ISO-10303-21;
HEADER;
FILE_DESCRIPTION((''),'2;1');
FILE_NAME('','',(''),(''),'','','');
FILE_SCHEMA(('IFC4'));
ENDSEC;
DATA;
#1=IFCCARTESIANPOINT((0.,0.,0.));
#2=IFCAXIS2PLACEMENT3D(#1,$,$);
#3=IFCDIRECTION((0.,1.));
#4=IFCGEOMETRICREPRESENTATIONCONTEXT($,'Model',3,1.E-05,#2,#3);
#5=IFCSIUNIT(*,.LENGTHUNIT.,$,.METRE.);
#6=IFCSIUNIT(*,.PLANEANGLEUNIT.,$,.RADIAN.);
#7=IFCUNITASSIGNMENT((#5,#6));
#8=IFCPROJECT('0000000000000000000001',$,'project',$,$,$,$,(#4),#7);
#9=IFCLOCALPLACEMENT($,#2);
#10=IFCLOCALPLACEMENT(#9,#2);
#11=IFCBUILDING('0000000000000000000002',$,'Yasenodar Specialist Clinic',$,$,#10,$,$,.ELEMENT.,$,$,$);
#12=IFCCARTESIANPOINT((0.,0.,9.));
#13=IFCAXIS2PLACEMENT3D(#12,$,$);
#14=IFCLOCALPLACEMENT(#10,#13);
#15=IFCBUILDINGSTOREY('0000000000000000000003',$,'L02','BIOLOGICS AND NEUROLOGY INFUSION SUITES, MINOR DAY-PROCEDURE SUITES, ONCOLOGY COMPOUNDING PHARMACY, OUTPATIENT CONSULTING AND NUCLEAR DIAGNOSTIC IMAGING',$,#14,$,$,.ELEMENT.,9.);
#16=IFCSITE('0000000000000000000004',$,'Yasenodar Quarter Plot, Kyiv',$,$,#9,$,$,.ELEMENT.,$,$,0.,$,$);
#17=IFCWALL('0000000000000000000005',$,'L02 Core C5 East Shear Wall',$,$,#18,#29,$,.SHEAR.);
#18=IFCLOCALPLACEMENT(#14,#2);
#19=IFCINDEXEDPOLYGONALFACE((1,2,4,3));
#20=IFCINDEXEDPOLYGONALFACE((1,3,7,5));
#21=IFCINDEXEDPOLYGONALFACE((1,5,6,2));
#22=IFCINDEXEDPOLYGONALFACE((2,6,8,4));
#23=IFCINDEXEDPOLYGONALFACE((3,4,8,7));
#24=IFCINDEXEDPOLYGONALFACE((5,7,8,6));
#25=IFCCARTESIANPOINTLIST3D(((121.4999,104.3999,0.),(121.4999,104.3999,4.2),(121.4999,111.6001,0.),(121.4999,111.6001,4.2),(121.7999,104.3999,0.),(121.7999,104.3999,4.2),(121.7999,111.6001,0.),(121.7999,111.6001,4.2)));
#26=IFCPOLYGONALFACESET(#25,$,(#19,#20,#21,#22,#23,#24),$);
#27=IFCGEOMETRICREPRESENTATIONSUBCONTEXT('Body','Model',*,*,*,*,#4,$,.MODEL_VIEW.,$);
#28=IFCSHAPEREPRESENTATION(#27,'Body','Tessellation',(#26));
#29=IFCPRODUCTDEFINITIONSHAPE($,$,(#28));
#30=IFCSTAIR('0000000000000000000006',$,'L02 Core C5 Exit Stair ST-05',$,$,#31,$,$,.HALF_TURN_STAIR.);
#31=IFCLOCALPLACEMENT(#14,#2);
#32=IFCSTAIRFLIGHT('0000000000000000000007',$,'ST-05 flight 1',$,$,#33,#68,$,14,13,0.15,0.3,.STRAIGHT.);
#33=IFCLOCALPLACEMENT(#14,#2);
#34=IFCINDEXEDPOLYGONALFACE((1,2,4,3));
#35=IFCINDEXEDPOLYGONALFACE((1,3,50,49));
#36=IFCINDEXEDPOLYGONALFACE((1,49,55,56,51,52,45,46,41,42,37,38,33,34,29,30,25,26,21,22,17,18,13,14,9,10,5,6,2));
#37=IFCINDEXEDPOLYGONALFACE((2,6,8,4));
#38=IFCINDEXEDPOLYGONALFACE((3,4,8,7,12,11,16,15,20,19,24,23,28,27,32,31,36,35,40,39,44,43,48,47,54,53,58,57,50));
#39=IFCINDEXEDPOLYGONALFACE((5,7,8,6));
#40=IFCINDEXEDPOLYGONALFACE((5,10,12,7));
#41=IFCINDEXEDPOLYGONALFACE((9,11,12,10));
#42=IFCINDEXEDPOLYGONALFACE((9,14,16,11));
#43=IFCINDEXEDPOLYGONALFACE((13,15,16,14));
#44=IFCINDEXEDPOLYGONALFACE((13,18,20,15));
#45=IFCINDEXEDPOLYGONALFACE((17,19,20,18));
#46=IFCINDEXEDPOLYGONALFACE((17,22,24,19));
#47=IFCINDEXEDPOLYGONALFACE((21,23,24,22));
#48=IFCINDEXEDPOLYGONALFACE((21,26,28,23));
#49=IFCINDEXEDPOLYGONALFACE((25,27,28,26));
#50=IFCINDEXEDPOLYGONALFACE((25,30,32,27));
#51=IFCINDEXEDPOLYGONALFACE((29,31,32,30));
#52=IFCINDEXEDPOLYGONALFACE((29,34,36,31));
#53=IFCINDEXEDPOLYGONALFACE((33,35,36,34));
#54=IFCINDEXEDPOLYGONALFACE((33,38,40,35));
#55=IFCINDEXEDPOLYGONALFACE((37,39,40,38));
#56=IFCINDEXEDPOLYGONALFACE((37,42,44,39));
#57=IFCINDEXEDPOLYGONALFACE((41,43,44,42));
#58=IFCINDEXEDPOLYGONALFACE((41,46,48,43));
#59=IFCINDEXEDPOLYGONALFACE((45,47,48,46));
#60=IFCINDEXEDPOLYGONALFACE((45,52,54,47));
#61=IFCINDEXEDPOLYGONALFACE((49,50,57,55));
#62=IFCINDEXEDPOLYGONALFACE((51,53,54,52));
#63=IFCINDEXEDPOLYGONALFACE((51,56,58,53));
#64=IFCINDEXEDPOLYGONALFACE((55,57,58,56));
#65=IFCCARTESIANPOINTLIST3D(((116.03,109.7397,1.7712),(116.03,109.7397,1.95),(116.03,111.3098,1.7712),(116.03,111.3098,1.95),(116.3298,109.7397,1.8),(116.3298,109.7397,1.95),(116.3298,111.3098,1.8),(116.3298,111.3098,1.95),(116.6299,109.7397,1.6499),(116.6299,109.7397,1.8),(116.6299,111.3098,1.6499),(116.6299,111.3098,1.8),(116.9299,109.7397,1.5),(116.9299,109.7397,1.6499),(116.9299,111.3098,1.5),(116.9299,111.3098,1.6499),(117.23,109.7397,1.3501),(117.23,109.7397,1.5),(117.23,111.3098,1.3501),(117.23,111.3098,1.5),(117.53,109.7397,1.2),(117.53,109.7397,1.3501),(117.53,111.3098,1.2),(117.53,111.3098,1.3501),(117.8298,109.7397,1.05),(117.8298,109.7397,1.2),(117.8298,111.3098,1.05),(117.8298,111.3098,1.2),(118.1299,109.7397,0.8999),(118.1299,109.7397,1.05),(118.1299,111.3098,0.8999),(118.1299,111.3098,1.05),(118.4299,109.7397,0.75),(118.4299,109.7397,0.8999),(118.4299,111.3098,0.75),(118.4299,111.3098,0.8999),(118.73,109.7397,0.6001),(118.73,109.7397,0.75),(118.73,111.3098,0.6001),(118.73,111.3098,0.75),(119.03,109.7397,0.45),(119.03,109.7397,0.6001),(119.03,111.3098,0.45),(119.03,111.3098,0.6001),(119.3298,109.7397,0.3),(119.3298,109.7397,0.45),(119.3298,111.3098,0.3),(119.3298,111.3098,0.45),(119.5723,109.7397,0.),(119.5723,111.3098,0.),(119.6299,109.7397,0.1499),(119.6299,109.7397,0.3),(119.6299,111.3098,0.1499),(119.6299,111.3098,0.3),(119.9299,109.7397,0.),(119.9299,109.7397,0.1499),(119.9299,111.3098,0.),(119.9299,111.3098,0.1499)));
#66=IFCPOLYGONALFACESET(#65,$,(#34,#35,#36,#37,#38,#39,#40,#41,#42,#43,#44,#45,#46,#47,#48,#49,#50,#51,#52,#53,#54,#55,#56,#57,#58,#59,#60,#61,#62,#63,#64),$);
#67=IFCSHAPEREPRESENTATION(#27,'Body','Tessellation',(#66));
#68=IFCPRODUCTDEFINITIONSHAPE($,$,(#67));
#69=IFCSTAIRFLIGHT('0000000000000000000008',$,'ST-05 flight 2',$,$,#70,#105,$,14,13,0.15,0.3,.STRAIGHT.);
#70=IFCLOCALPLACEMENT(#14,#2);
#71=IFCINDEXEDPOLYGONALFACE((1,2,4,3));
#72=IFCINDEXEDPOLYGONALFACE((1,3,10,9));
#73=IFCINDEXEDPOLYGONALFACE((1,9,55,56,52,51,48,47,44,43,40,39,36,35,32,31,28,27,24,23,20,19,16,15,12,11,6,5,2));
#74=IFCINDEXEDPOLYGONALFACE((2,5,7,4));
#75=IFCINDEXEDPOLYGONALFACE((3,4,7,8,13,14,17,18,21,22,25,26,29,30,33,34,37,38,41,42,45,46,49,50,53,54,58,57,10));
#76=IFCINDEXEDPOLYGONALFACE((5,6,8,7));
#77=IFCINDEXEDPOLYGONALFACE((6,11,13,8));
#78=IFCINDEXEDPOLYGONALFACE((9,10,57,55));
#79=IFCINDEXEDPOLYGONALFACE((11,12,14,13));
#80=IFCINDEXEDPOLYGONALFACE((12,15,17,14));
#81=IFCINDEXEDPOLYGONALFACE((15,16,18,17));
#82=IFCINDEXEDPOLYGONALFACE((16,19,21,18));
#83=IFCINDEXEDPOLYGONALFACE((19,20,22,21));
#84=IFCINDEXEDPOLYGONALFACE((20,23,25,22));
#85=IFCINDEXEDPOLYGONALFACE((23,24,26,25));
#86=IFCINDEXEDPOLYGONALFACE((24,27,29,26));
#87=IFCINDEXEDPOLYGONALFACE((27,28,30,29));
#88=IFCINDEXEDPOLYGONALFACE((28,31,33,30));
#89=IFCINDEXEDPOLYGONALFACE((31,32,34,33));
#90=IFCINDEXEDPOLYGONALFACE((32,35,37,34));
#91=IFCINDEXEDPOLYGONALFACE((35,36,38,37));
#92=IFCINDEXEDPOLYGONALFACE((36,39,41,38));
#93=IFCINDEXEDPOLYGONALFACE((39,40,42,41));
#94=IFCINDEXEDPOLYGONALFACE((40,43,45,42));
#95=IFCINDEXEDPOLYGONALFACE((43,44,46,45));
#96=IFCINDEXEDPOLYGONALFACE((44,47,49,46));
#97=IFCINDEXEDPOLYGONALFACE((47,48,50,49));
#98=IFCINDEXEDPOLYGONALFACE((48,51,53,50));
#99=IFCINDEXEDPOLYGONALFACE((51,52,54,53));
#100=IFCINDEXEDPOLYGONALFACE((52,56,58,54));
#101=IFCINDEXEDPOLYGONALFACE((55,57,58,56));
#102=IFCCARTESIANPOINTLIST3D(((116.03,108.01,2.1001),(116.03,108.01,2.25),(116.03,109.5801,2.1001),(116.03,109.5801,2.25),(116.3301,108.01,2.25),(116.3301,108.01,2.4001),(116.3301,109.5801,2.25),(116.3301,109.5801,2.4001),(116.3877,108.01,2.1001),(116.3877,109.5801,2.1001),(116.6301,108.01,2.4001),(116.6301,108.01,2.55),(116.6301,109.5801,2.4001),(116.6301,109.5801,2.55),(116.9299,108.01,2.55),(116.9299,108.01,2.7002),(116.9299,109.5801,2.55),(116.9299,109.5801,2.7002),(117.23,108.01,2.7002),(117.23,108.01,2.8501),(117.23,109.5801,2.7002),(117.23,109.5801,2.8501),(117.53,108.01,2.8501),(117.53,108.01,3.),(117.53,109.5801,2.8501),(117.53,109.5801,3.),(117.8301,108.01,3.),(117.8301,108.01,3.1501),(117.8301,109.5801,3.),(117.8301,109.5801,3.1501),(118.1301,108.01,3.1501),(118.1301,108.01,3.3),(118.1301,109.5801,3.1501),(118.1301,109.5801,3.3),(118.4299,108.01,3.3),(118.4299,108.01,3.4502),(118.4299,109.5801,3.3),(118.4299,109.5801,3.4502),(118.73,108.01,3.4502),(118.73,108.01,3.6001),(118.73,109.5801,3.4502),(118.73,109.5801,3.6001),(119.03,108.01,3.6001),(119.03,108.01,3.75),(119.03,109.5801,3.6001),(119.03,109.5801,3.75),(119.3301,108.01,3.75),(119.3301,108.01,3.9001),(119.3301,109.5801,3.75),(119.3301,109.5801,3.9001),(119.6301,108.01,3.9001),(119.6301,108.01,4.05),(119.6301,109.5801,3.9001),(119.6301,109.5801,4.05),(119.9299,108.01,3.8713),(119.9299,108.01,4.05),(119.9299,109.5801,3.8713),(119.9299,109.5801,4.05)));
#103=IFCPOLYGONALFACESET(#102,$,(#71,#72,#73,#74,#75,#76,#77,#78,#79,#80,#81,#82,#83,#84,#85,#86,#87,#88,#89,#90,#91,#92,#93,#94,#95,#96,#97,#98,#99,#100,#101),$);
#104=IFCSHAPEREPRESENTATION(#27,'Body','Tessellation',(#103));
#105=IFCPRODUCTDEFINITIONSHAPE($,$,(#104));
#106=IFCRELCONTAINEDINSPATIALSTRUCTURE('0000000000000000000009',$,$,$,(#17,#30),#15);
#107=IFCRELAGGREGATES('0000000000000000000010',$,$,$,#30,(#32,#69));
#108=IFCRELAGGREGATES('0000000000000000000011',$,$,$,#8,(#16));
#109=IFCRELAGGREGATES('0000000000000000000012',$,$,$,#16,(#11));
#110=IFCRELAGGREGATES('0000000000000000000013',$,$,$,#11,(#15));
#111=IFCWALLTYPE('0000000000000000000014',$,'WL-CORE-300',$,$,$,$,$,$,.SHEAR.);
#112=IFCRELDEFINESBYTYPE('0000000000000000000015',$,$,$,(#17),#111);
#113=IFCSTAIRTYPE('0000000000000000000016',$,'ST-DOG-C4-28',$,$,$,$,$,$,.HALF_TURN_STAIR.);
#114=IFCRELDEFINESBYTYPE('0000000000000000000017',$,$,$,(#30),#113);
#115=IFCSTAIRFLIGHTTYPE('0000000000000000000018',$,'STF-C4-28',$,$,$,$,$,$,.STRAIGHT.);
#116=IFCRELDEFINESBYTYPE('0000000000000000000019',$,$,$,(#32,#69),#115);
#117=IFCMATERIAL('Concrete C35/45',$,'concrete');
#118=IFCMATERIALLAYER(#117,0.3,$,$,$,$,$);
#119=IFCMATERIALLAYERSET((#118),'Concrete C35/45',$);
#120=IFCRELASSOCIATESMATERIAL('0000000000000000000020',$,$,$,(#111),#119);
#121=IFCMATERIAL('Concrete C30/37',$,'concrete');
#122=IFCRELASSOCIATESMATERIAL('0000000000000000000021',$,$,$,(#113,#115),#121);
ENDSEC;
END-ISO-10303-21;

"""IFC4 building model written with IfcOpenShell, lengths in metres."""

from ifc_helpers import new_model, si_unit, direction, frame, frame_2d, origin, place, context, subcontext, project, spatial, polyline, rectangle, outline, extrude, material, layer, layer_set, type_object, element, aggregate, save


model = new_model("IFC4")

# Units and contexts
model_context = context("Model", 3, precision=1e-05, world=origin(), true_north=direction((0.0, 1.0)))
body_context = subcontext(model_context, "Body", "Model", "MODEL_VIEW")
ifc_project = project(units=[si_unit("LENGTHUNIT", "METRE"), si_unit("PLANEANGLEUNIT", "RADIAN")], contexts=[model_context])

# Site, building, storey
site_placement = place(None, origin())
site = spatial("IfcSite", under=ifc_project, at=site_placement, Name="Yasenodar Quarter Plot, Kyiv", CompositionType="ELEMENT", RefElevation=0.0)
building_placement = place(site_placement, origin())
building = spatial("IfcBuilding", under=site, at=building_placement, Name="Yasenodar Specialist Clinic", CompositionType="ELEMENT")
storey_placement = place(building_placement, frame((0.0, 0.0, 9.0)))
storey = spatial("IfcBuildingStorey", under=building, at=storey_placement, Name="L02", Description="BIOLOGICS AND NEUROLOGY INFUSION SUITES, MINOR DAY-PROCEDURE SUITES, ONCOLOGY COMPOUNDING PHARMACY, OUTPATIENT CONSULTING AND NUCLEAR DIAGNOSTIC IMAGING", CompositionType="ELEMENT", Elevation=9.0)

# Shared definitions
ifc_material_1 = material(Name="Concrete C35/45", Category="concrete")

# Wall
ifc_layer_1 = layer(ifc_material_1, 0.3)
ifc_layer_set_1 = layer_set([ifc_layer_1], Name="Concrete C35/45")
wall_type_1 = type_object("IfcWallType", Name="WL-CORE-300", PredefinedType="SHEAR", material=ifc_layer_set_1)
for number, where, z_axis, x_axis, name in (
    (1, (121.6499, 111.6001, 0.0), (0.0, 0.0, 1.0), (0.0, -1.0, 0.0), "L02 Core C5 East Shear Wall"),
):
    element("IfcWall", number, at=place(storey_placement, frame(where, z_axis=z_axis, x_axis=x_axis)), inside=storey, type_object=wall_type_1, Name=name, PredefinedType="SHEAR", context=body_context, shape_type="SweptSolid", body=[
        extrude(rectangle(XDim=7.2002, YDim=0.3, at=frame_2d((3.6001, 0.0))), origin(), (0.0, 0.0, 1.0), 4.2),
    ])

# Stair, stair flights
ifc_material_2 = material(Name="Concrete C30/37", Category="concrete")
stair_type = type_object("IfcStairType", Name="ST-DOG-C4-28", PredefinedType="HALF_TURN_STAIR", material=ifc_material_2)
stair_placement = place(storey_placement, origin())
stair = element("IfcStair", 2, at=stair_placement, inside=storey, type_object=stair_type, Name="L02 Core C5 Exit Stair ST-05", PredefinedType="HALF_TURN_STAIR")
stair_flight_type = type_object("IfcStairFlightType", Name="STF-C4-28", PredefinedType="STRAIGHT", material=ifc_material_2)
stair_flight_1_placement = place(storey_placement, frame((119.9299, 110.5249, 0.0), z_axis=(0.0, 0.0, 1.0), x_axis=(-1.0, 0.0, 0.0)))
stair_flight_1 = element("IfcStairFlight", 3, at=stair_flight_1_placement, type_object=stair_flight_type, Name="ST-05 flight 1", NumberOfRisers=14, NumberOfTreads=13, PredefinedType="STRAIGHT", RiserHeight=0.15, TreadLength=0.3, context=body_context, shape_type="SweptSolid", body=[
    extrude(outline(polyline([(0.0, 0.0), (0.0, 0.1499), (0.3, 0.1499), (0.3, 0.3), (0.6001, 0.3), (0.6001, 0.45), (0.8999, 0.45), (0.8999, 0.6001), (1.2, 0.6001), (1.2, 0.75), (1.5, 0.75), (1.5, 0.8999), (1.8, 0.8999), (1.8, 1.05), (2.1001, 1.05), (2.1001, 1.2), (2.3999, 1.2), (2.3999, 1.3501), (2.7, 1.3501), (2.7, 1.5), (3.0, 1.5), (3.0, 1.6499), (3.3, 1.6499), (3.3, 1.8), (3.6001, 1.8), (3.6001, 1.95), (3.8999, 1.95), (3.8999, 2.1001), (3.8999, 1.7712), (0.3577, 0.0), (0.0, 0.0)])), frame((0.0, 0.7852, 0.0), z_axis=(0.0, -1.0, 0.0), x_axis=(1.0, 0.0, 0.0)), (0.0, 0.0, 1.0), 1.5701),
])
stair_flight_2_placement = place(storey_placement, frame((116.03, 108.7949, 2.1001), z_axis=(0.0, 0.0, 1.0), x_axis=(1.0, 0.0, 0.0)))
stair_flight_2 = element("IfcStairFlight", 4, at=stair_flight_2_placement, type_object=stair_flight_type, Name="ST-05 flight 2", NumberOfRisers=14, NumberOfTreads=13, PredefinedType="STRAIGHT", RiserHeight=0.15, TreadLength=0.3, context=body_context, shape_type="SweptSolid", body=[
    extrude(outline(polyline([(0.0, 0.0), (0.0, 0.1499), (0.3, 0.1499), (0.3, 0.3), (0.6001, 0.3), (0.6001, 0.45), (0.8999, 0.45), (0.8999, 0.6001), (1.2, 0.6001), (1.2, 0.75), (1.5, 0.75), (1.5, 0.8999), (1.8, 0.8999), (1.8, 1.05), (2.1001, 1.05), (2.1001, 1.2), (2.3999, 1.2), (2.3999, 1.3501), (2.7, 1.3501), (2.7, 1.5), (3.0, 1.5), (3.0, 1.6499), (3.3, 1.6499), (3.3, 1.8), (3.6001, 1.8), (3.6001, 1.95), (3.8999, 1.95), (3.8999, 2.1001), (3.8999, 1.7712), (0.3577, 0.0), (0.0, 0.0)])), frame((0.0, 0.7852, 0.0), z_axis=(0.0, -1.0, 0.0), x_axis=(1.0, 0.0, 0.0)), (0.0, 0.0, 1.0), 1.5701),
])
aggregate(stair, [stair_flight_1, stair_flight_2])

save(model, "model.ifc")
